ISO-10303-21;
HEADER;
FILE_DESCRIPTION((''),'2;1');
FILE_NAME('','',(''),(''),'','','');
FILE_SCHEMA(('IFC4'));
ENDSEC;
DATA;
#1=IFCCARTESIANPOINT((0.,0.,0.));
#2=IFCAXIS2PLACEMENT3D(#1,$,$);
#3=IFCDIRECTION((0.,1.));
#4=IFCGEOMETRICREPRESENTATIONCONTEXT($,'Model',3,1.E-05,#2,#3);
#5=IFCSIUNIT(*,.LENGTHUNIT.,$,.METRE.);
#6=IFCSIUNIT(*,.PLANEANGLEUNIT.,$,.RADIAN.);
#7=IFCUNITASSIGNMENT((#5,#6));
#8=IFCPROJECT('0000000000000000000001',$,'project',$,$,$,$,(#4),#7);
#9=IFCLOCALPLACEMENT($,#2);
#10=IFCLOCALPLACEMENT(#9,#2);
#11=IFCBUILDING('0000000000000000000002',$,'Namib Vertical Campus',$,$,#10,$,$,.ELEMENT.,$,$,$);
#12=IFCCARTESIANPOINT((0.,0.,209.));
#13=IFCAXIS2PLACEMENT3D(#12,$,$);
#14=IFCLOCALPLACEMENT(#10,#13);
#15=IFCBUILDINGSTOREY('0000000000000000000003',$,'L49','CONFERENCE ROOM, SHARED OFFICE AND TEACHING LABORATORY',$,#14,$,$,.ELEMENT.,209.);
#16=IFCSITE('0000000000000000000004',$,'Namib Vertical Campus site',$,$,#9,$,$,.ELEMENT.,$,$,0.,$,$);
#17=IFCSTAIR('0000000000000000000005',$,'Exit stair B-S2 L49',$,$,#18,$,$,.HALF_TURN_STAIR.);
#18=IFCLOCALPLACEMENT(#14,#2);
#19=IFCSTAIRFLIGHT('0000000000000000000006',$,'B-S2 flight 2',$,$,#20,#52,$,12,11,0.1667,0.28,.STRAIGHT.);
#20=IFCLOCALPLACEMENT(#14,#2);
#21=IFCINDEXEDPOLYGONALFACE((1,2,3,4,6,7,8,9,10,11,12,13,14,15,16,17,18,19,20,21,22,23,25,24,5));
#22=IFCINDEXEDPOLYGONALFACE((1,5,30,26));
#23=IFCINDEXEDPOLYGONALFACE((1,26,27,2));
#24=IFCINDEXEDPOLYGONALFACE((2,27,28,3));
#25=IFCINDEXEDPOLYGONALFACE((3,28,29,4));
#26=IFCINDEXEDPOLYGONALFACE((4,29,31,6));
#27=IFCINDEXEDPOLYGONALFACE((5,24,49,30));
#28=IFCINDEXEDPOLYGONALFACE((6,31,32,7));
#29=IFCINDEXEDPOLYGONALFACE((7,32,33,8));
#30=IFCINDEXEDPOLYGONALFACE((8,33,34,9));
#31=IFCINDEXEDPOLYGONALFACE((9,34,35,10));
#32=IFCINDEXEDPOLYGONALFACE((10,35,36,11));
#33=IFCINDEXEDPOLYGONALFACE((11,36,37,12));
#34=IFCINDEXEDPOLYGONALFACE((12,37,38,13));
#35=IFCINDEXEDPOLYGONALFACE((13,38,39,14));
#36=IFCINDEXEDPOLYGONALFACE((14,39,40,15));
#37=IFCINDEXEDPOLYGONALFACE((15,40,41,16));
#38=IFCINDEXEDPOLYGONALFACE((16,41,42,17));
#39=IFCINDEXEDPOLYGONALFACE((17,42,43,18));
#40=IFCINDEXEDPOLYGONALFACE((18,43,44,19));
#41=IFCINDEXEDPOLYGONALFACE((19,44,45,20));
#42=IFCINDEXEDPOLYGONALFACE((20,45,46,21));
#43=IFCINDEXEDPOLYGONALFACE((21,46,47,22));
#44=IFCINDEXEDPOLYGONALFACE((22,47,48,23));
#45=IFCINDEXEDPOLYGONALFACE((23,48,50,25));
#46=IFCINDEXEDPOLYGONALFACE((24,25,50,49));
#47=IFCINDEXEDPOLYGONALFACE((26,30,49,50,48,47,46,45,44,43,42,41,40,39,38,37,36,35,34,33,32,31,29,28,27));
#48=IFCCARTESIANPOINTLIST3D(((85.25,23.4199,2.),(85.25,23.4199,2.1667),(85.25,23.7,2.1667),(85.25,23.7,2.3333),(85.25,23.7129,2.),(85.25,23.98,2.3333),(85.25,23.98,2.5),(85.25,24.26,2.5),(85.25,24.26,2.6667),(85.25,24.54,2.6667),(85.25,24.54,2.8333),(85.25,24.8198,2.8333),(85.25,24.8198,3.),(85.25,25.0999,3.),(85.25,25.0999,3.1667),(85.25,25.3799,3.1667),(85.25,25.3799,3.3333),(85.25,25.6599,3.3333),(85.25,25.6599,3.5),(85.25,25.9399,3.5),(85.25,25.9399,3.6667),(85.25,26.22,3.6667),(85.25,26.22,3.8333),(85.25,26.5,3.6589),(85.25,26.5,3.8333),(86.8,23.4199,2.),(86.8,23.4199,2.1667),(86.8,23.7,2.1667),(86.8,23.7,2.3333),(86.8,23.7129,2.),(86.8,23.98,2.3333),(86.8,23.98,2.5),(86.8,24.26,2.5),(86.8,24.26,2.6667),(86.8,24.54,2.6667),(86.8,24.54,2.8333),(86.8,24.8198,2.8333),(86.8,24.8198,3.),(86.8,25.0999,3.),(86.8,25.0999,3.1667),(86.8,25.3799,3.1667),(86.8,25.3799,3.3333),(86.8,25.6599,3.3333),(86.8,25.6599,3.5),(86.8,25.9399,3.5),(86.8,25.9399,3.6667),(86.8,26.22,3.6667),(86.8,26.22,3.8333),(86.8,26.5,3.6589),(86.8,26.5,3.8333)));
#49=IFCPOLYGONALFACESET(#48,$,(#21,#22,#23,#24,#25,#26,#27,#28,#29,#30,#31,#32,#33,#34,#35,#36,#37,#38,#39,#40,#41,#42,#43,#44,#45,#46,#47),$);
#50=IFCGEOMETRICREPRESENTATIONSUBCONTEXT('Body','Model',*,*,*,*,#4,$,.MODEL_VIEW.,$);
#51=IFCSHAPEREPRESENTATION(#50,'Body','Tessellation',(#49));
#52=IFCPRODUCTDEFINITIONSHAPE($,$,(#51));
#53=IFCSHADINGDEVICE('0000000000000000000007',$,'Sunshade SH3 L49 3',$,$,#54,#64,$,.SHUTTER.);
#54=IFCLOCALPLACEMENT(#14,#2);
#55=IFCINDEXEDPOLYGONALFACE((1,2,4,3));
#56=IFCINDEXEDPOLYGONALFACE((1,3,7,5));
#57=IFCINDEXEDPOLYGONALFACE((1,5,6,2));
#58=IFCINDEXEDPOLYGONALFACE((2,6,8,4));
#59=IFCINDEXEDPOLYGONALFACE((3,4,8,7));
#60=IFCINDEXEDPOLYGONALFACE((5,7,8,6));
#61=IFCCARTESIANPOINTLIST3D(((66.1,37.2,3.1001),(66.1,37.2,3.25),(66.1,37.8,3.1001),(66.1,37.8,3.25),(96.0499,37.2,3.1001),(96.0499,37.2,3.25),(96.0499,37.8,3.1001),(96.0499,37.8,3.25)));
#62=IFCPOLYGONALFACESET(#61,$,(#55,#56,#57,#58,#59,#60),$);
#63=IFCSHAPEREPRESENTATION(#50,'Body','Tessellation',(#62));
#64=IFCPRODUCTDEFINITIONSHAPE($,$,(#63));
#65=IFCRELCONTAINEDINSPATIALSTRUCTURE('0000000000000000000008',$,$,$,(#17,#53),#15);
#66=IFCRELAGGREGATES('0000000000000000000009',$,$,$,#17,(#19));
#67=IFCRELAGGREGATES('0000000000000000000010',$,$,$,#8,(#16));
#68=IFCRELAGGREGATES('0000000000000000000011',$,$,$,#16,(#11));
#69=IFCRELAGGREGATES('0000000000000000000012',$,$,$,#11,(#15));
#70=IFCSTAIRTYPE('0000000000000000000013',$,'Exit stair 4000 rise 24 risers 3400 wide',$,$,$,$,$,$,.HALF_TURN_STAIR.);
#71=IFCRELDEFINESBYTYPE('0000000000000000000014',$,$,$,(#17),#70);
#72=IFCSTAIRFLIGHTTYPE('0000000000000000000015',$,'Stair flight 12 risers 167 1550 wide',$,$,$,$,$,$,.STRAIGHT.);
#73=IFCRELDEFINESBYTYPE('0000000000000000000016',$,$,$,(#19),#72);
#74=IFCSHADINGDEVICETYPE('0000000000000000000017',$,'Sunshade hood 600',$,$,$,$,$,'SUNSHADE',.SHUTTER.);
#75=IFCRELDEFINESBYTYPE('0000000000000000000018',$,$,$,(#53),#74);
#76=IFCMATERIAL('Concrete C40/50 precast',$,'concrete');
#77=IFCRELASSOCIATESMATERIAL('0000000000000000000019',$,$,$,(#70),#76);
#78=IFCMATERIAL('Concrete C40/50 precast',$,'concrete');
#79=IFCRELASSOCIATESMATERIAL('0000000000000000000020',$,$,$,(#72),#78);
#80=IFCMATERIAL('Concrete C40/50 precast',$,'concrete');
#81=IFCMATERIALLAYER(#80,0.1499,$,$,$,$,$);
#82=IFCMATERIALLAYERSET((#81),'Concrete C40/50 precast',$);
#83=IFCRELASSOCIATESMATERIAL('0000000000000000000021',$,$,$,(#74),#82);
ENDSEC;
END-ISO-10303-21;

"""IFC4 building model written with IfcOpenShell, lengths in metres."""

from ifc_helpers import new_model, si_unit, direction, frame, origin, origin_2d, place, context, subcontext, project, spatial, polyline, rectangle, outline, extrude, material, layer, layer_set, type_object, element, aggregate, save


model = new_model("IFC4")

# Units and contexts
model_context = context("Model", 3, precision=1e-05, world=origin(), true_north=direction((0.0, 1.0)))
body_context = subcontext(model_context, "Body", "Model", "MODEL_VIEW")
ifc_project = project(units=[si_unit("LENGTHUNIT", "METRE"), si_unit("PLANEANGLEUNIT", "RADIAN")], contexts=[model_context])

# Site, building, storey
site_placement = place(None, origin())
site = spatial("IfcSite", under=ifc_project, at=site_placement, Name="Namib Vertical Campus site", CompositionType="ELEMENT", RefElevation=0.0)
building_placement = place(site_placement, origin())
building = spatial("IfcBuilding", under=site, at=building_placement, Name="Namib Vertical Campus", CompositionType="ELEMENT")
storey_placement = place(building_placement, frame((0.0, 0.0, 209.0)))
storey = spatial("IfcBuildingStorey", under=building, at=storey_placement, Name="L49", Description="CONFERENCE ROOM, SHARED OFFICE AND TEACHING LABORATORY", CompositionType="ELEMENT", Elevation=209.0)

# Stair, stair flight
ifc_material_1 = material(Name="Concrete C40/50 precast", Category="concrete")
stair_type = type_object("IfcStairType", Name="Exit stair 4000 rise 24 risers 3400 wide", PredefinedType="HALF_TURN_STAIR", material=ifc_material_1)
stair_placement = place(storey_placement, origin())
stair = element("IfcStair", 1, at=stair_placement, inside=storey, type_object=stair_type, Name="Exit stair B-S2 L49", PredefinedType="HALF_TURN_STAIR")
ifc_material_2 = material(Name="Concrete C40/50 precast", Category="concrete")
stair_flight_type = type_object("IfcStairFlightType", Name="Stair flight 12 risers 167 1550 wide", PredefinedType="STRAIGHT", material=ifc_material_2)
stair_flight_1_placement = place(storey_placement, frame((86.0249, 23.4199, 2.0), z_axis=(0.0, 0.0, 1.0), x_axis=(0.0, 1.0, 0.0)))
stair_flight_1 = element("IfcStairFlight", 2, at=stair_flight_1_placement, type_object=stair_flight_type, Name="B-S2 flight 2", NumberOfRisers=12, NumberOfTreads=11, PredefinedType="STRAIGHT", RiserHeight=0.1667, TreadLength=0.28, context=body_context, shape_type="SweptSolid", body=[
    extrude(outline(polyline([(0.0, 0.0), (0.0, 0.1667), (0.28, 0.1667), (0.28, 0.3333), (0.5601, 0.3333), (0.5601, 0.5), (0.8401, 0.5), (0.8401, 0.6667), (1.1201, 0.6667), (1.1201, 0.8333), (1.3999, 0.8333), (1.3999, 1.0), (1.6799, 1.0), (1.6799, 1.1667), (1.96, 1.1667), (1.96, 1.3333), (2.24, 1.3333), (2.24, 1.5), (2.52, 1.5), (2.52, 1.6667), (2.8, 1.6667), (2.8, 1.8333), (3.0801, 1.8333), (3.0801, 2.0), (3.0801, 1.6589), (0.293, 0.0), (0.0, 0.0)])), frame((0.0, 0.7749, 0.0), z_axis=(0.0, -1.0, 0.0), x_axis=(1.0, 0.0, 0.0)), (0.0, 0.0, 1.0), 1.55),
])
aggregate(stair, [stair_flight_1])

# Shading device
ifc_material_3 = material(Name="Concrete C40/50 precast", Category="concrete")
ifc_layer_1 = layer(ifc_material_3, 0.1499)
ifc_layer_set_1 = layer_set([ifc_layer_1], Name="Concrete C40/50 precast")
shading_device_type = type_object("IfcShadingDeviceType", Name="Sunshade hood 600", ElementType="SUNSHADE", PredefinedType="SHUTTER", material=ifc_layer_set_1)
shading_device_placement = place(storey_placement, frame((81.075, 37.5, 3.1001), z_axis=(0.0, 0.0, 1.0), x_axis=(-1.0, 0.0, 0.0)))
element("IfcShadingDevice", 3, at=shading_device_placement, inside=storey, type_object=shading_device_type, Name="Sunshade SH3 L49 3", PredefinedType="SHUTTER", context=body_context, shape_type="SweptSolid", body=[
    extrude(rectangle(XDim=29.95, YDim=0.6001, at=origin_2d()), origin(), (0.0, 0.0, 1.0), 0.1499),
])

save(model, "model.ifc")
